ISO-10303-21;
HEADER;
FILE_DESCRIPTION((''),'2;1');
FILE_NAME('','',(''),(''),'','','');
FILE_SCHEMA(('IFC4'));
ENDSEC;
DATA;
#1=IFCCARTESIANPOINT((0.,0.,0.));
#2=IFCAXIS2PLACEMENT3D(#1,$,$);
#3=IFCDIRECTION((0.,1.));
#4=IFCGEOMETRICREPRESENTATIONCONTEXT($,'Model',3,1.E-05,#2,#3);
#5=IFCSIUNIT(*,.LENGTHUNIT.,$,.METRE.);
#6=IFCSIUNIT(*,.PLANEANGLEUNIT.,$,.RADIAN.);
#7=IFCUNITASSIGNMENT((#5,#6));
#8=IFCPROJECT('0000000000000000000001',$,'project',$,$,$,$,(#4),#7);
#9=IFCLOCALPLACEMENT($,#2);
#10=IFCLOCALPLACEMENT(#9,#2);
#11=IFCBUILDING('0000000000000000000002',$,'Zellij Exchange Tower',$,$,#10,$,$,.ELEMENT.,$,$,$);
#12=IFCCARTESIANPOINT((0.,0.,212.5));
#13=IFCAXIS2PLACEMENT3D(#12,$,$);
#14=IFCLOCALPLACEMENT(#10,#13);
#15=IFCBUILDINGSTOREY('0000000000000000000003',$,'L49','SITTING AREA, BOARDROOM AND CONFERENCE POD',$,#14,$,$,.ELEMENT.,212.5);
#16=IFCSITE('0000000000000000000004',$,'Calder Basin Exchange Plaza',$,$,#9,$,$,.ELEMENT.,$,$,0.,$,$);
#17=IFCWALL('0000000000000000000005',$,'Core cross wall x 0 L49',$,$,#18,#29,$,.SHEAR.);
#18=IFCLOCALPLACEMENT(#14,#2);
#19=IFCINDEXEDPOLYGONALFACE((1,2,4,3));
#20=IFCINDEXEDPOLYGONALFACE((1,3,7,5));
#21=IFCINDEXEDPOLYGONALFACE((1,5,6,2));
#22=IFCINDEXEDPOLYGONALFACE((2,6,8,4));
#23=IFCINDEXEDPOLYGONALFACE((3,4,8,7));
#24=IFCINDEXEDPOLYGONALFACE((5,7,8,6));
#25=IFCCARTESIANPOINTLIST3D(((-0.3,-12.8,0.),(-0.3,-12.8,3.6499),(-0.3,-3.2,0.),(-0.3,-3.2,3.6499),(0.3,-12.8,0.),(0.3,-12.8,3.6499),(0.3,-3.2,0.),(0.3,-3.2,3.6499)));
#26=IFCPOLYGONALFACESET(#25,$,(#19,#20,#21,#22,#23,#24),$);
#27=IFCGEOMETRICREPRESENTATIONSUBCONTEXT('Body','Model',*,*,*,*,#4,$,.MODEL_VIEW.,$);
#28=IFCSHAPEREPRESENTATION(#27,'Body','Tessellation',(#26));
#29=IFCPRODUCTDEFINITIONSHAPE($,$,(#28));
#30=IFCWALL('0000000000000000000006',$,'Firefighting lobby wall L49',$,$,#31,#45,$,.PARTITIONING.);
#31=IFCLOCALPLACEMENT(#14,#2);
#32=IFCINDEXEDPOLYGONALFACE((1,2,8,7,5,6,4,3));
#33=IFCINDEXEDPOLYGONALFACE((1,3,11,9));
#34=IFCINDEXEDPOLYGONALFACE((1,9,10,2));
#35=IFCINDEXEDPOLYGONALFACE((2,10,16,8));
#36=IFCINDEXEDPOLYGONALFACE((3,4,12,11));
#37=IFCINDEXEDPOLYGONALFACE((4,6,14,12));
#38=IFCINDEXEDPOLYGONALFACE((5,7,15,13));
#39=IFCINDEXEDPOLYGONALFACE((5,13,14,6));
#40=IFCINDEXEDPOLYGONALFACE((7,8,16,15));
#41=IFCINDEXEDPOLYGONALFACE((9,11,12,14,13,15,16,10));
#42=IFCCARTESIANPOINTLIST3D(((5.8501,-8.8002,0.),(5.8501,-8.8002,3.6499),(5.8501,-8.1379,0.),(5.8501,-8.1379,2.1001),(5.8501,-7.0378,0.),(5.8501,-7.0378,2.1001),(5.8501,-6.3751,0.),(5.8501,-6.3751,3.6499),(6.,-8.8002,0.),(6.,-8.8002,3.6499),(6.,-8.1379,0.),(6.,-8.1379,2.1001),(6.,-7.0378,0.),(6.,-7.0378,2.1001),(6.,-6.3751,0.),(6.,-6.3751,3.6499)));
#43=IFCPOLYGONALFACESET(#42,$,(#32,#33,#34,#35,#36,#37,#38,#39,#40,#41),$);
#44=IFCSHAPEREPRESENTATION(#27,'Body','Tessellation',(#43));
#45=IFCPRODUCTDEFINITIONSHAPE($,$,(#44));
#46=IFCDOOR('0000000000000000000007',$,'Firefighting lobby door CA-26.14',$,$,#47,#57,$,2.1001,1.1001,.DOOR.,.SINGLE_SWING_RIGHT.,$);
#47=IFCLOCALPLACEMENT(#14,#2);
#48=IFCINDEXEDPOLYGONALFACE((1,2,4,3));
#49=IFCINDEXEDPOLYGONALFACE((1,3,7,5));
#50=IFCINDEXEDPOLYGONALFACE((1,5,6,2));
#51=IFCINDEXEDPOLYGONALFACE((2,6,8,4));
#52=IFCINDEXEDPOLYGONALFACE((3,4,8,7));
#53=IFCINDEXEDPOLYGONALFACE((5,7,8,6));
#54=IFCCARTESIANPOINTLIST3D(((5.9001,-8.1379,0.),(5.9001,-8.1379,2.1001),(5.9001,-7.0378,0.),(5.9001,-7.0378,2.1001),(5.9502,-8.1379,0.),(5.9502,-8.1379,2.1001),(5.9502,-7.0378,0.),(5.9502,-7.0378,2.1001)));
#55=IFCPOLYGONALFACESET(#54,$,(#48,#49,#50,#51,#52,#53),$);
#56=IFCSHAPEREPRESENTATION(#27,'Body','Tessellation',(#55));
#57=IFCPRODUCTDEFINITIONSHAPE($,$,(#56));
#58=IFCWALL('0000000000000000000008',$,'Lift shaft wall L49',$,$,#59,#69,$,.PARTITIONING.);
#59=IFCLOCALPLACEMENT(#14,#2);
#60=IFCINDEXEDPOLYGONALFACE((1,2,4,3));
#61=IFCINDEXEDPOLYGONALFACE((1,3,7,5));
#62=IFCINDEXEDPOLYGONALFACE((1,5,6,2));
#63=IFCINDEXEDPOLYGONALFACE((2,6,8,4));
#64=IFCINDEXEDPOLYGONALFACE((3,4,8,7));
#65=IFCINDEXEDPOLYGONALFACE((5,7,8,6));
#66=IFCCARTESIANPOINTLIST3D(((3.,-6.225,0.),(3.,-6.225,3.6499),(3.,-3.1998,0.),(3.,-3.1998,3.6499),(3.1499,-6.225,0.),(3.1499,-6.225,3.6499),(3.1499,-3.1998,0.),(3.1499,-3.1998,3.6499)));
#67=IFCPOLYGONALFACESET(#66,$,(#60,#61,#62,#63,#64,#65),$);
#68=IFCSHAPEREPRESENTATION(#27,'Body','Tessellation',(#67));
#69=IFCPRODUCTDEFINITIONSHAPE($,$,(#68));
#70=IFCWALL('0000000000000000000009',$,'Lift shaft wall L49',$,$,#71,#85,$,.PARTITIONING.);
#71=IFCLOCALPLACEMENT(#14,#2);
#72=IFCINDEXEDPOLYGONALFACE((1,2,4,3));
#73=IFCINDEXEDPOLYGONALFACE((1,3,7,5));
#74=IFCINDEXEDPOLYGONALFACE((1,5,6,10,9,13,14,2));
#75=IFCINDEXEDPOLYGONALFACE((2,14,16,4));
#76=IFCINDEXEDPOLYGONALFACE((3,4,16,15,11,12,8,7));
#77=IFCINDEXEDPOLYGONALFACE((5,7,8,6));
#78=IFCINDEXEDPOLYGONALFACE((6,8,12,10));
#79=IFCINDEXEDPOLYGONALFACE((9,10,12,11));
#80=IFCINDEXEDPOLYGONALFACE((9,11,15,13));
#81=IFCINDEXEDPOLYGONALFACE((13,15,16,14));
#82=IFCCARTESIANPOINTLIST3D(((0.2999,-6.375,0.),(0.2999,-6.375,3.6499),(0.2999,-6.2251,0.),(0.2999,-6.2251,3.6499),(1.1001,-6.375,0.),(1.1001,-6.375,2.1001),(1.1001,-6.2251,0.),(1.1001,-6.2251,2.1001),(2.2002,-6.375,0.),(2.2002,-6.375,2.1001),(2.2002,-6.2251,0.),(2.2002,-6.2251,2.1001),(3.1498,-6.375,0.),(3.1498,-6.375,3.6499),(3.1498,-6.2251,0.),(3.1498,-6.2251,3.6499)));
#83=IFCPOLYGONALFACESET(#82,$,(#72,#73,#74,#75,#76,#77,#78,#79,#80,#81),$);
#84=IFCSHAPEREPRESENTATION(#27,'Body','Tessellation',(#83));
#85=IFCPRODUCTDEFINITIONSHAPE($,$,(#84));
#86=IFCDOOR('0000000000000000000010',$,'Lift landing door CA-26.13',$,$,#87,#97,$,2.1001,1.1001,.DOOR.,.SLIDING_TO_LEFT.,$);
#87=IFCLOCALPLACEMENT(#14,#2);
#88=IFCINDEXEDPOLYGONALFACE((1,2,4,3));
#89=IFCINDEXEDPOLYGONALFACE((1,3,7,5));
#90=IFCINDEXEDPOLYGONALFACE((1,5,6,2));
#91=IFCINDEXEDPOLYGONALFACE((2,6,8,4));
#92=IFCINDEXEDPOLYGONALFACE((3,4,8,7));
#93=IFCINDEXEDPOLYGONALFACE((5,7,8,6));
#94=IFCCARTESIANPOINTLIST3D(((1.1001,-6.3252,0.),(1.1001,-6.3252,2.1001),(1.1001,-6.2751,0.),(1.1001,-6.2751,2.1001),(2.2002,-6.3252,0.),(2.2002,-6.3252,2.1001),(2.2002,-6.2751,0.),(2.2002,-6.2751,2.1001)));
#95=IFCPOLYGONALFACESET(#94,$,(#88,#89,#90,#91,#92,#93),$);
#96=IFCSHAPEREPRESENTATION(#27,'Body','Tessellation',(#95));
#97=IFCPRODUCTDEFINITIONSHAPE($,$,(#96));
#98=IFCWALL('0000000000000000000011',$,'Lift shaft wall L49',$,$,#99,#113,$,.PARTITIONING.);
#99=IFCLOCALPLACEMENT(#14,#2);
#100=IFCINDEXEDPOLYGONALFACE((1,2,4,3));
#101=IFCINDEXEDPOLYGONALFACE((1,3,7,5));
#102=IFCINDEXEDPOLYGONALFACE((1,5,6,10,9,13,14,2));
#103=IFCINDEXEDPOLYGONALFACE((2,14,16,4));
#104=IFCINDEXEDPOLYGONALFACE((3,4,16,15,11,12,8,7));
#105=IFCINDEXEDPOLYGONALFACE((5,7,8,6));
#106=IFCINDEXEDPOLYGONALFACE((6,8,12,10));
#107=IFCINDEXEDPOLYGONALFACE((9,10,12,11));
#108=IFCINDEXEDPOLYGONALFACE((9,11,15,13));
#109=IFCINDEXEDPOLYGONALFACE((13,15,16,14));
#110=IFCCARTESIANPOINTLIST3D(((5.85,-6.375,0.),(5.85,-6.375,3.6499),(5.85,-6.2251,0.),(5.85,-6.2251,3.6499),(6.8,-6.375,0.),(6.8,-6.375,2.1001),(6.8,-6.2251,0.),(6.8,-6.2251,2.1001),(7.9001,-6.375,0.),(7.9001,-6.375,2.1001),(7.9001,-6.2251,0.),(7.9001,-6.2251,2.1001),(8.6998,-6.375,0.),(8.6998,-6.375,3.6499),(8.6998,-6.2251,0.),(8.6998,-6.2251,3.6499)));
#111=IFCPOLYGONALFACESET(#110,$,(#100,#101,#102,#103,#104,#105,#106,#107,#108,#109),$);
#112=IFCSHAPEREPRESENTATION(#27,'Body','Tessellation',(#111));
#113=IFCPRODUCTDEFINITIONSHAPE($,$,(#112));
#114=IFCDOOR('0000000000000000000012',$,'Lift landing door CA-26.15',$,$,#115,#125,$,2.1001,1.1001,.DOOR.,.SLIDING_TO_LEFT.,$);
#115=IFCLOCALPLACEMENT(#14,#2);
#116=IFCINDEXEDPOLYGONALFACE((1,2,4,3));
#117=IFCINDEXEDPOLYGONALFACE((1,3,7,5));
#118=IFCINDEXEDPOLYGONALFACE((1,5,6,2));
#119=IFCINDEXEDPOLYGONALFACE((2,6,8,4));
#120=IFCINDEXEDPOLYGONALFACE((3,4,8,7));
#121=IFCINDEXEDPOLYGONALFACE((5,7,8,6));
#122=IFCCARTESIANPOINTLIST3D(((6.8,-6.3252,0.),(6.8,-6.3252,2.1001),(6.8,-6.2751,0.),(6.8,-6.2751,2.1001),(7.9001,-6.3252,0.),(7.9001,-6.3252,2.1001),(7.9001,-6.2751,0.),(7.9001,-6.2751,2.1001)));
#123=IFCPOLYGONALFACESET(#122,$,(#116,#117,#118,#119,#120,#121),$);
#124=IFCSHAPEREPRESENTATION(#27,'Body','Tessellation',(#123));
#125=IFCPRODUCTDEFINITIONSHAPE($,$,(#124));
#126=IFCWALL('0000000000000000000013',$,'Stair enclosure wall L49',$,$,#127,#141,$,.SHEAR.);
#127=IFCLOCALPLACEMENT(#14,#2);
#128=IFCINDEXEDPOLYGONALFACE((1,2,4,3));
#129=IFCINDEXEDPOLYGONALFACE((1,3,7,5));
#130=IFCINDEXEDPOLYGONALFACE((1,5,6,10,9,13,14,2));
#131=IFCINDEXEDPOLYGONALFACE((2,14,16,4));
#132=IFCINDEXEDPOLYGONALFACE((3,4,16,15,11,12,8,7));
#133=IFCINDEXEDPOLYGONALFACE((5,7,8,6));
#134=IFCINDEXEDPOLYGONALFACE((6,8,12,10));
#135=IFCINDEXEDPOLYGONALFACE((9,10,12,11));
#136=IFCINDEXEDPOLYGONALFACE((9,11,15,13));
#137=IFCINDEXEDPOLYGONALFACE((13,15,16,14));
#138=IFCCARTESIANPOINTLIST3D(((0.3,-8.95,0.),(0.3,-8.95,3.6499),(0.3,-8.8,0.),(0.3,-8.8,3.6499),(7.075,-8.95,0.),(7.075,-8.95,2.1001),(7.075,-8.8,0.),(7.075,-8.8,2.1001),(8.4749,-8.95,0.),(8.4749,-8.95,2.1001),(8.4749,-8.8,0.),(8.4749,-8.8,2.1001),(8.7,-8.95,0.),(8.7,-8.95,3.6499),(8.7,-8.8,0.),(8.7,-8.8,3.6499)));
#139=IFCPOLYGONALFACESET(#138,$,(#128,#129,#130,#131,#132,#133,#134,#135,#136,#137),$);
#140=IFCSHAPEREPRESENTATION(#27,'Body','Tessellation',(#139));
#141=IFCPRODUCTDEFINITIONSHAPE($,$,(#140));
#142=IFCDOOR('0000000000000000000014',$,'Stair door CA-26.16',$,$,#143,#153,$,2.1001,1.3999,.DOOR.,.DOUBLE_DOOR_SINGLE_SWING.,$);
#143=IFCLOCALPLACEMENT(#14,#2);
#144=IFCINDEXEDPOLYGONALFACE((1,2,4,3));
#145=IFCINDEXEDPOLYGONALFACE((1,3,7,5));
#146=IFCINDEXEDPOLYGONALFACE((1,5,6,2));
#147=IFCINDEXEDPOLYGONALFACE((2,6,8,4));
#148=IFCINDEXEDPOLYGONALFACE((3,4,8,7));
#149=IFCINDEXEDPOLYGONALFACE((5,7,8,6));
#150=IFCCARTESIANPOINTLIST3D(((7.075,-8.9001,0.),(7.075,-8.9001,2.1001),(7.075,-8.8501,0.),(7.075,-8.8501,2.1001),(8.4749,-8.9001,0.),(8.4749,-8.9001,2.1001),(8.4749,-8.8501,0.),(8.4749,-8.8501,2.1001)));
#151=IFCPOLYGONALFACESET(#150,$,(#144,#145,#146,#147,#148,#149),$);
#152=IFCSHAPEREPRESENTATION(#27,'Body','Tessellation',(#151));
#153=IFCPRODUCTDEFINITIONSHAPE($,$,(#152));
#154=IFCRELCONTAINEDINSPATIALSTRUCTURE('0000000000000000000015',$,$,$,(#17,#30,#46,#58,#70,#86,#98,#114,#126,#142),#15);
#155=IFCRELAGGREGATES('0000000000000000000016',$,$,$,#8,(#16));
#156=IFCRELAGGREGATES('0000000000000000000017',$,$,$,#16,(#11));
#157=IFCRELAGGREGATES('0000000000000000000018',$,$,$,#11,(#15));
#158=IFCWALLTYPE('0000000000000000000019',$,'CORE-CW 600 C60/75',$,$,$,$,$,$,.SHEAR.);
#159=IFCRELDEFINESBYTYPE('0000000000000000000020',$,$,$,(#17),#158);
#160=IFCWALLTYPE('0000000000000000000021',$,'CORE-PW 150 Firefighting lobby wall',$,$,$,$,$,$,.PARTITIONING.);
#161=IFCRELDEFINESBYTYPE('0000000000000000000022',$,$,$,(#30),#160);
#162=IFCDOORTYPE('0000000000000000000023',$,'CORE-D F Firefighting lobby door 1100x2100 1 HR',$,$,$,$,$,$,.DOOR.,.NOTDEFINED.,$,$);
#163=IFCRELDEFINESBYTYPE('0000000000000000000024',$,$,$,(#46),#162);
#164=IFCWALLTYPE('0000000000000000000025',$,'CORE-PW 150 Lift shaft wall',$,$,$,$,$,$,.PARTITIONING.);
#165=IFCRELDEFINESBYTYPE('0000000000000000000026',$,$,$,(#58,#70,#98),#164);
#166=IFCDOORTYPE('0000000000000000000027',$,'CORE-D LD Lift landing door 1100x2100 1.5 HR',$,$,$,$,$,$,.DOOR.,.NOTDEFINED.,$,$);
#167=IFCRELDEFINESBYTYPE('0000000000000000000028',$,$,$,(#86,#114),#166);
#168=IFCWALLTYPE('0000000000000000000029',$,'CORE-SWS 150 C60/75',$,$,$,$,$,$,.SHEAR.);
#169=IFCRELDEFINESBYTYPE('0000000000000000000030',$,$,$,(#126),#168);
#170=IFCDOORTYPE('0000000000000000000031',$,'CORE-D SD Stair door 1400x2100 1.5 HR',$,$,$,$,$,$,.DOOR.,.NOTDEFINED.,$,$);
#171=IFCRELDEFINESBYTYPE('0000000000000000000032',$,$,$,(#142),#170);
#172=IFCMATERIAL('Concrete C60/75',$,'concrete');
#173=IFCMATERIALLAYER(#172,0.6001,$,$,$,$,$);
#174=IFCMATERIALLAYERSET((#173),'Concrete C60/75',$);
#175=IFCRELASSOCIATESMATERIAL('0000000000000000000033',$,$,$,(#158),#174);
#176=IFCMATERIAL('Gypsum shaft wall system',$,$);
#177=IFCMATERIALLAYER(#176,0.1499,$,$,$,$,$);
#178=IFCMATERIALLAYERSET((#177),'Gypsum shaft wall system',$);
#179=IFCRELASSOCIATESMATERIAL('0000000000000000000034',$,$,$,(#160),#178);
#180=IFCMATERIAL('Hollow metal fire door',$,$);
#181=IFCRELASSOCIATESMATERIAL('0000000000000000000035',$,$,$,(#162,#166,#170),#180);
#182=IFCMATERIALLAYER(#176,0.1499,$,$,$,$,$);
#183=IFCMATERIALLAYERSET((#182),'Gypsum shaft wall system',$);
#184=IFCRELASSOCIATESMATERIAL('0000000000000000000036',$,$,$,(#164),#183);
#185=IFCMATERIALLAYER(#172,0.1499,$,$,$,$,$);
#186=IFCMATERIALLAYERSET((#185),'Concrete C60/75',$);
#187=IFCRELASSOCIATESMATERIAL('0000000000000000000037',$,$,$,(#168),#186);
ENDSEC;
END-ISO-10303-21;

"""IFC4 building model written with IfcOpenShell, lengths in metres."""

from ifc_helpers import new_model, si_unit, direction, frame, frame_2d, origin, place, context, subcontext, project, spatial, rectangle, extrude, material, layer, layer_set, type_object, element, fill, save


model = new_model("IFC4")

# Units and contexts
model_context = context("Model", 3, precision=1e-05, world=origin(), true_north=direction((0.0, 1.0)))
body_context = subcontext(model_context, "Body", "Model", "MODEL_VIEW")
ifc_project = project(units=[si_unit("LENGTHUNIT", "METRE"), si_unit("PLANEANGLEUNIT", "RADIAN")], contexts=[model_context])

# Site, building, storey
site_placement = place(None, origin())
site = spatial("IfcSite", under=ifc_project, at=site_placement, Name="Calder Basin Exchange Plaza", CompositionType="ELEMENT", RefElevation=0.0)
building_placement = place(site_placement, origin())
building = spatial("IfcBuilding", under=site, at=building_placement, Name="Zellij Exchange Tower", CompositionType="ELEMENT")
storey_placement = place(building_placement, frame((0.0, 0.0, 212.5)))
storey = spatial("IfcBuildingStorey", under=building, at=storey_placement, Name="L49", Description="SITTING AREA, BOARDROOM AND CONFERENCE POD", CompositionType="ELEMENT", Elevation=212.5)

# Wall
ifc_material_1 = material(Name="Concrete C60/75", Category="concrete")
ifc_layer_1 = layer(ifc_material_1, 0.6001)
ifc_layer_set_1 = layer_set([ifc_layer_1], Name="Concrete C60/75")
wall_type_1 = type_object("IfcWallType", Name="CORE-CW 600 C60/75", PredefinedType="SHEAR", material=ifc_layer_set_1)
wall_1_placement = place(storey_placement, frame((0.0, -12.8, 0.0), z_axis=(0.0, 0.0, 1.0), x_axis=(0.0, 1.0, 0.0)))
element("IfcWall", 1, at=wall_1_placement, inside=storey, type_object=wall_type_1, Name="Core cross wall x 0 L49", PredefinedType="SHEAR", context=body_context, shape_type="SweptSolid", body=[
    extrude(rectangle(XDim=9.6001, YDim=0.6001, at=frame_2d((4.8, 0.0))), origin(), (0.0, 0.0, 1.0), 3.6499),
])

# Wall, opening, door
ifc_material_2 = material(Name="Gypsum shaft wall system")
ifc_layer_2 = layer(ifc_material_2, 0.1499)
ifc_layer_set_2 = layer_set([ifc_layer_2], Name="Gypsum shaft wall system")
wall_type_2 = type_object("IfcWallType", Name="CORE-PW 150 Firefighting lobby wall", PredefinedType="PARTITIONING", material=ifc_layer_set_2)
wall_2_placement = place(storey_placement, frame((5.925, -8.8, 0.0), z_axis=(0.0, 0.0, 1.0), x_axis=(0.0, 1.0, 0.0)))
wall_2 = element("IfcWall", 2, at=wall_2_placement, inside=storey, type_object=wall_type_2, Name="Firefighting lobby wall L49", PredefinedType="PARTITIONING", context=body_context, shape_type="SweptSolid", body=[
    extrude(rectangle(XDim=2.425, YDim=0.1499, at=frame_2d((1.2124, 0.0))), origin(), (0.0, 0.0, 1.0), 3.6499),
])
opening_1_placement = place(wall_2_placement, frame((0.6621, 0.0, 0.0)))
opening_1 = element("IfcOpeningElement", 3, at=opening_1_placement, cuts=wall_2, PredefinedType="OPENING", context=body_context, shape_type="SweptSolid", body=[
    extrude(rectangle(XDim=1.1001, YDim=2.1001, at=frame_2d((0.55, 1.05))), frame((0.0, 0.0869, 0.0), z_axis=(0.0, -1.0, 0.0), x_axis=(1.0, 0.0, 0.0)), (0.0, 0.0, 1.0), 0.1738),
])
ifc_material_3 = material(Name="Hollow metal fire door")
door_type_1 = type_object("IfcDoorType", Name="CORE-D F Firefighting lobby door 1100x2100 1 HR", OperationType="NOTDEFINED", PredefinedType="DOOR", material=ifc_material_3)
door_1_placement = place(opening_1_placement, origin())
door_1 = element("IfcDoor", 4, at=door_1_placement, inside=storey, type_object=door_type_1, Name="Firefighting lobby door CA-26.14", OperationType="SINGLE_SWING_RIGHT", OverallHeight=2.1001, OverallWidth=1.1001, PredefinedType="DOOR", context=body_context, shape_type="SweptSolid", body=[
    extrude(rectangle(XDim=1.1001, YDim=2.1001, at=frame_2d((0.55, 1.05))), frame((0.0, 0.0249, 0.0), z_axis=(0.0, -1.0, 0.0), x_axis=(1.0, 0.0, 0.0)), (0.0, 0.0, 1.0), 0.05),
])
fill(opening_1, door_1)

# Wall
ifc_layer_3 = layer(ifc_material_2, 0.1499)
ifc_layer_set_3 = layer_set([ifc_layer_3], Name="Gypsum shaft wall system")
wall_type_3 = type_object("IfcWallType", Name="CORE-PW 150 Lift shaft wall", PredefinedType="PARTITIONING", material=ifc_layer_set_3)
wall_3_placement = place(storey_placement, frame((3.075, -6.2251, 0.0), z_axis=(0.0, 0.0, 1.0), x_axis=(0.0, 1.0, 0.0)))
element("IfcWall", 5, at=wall_3_placement, inside=storey, type_object=wall_type_3, Name="Lift shaft wall L49", PredefinedType="PARTITIONING", context=body_context, shape_type="SweptSolid", body=[
    extrude(rectangle(XDim=3.0251, YDim=0.1499, at=frame_2d((1.5127, 0.0))), origin(), (0.0, 0.0, 1.0), 3.6499),
])

# Walls, openings, doors
wall_4_placement = place(storey_placement, frame((0.3, -6.3, 0.0), z_axis=(0.0, 0.0, 1.0), x_axis=(1.0, 0.0, 0.0)))
wall_4 = element("IfcWall", 6, at=wall_4_placement, inside=storey, type_object=wall_type_3, Name="Lift shaft wall L49", PredefinedType="PARTITIONING", context=body_context, shape_type="SweptSolid", body=[
    extrude(rectangle(XDim=2.8499, YDim=0.1499, at=frame_2d((1.4248, 0.0))), origin(), (0.0, 0.0, 1.0), 3.6499),
])
opening_2_placement = place(wall_4_placement, frame((0.8, 0.0, 0.0)))
opening_2 = element("IfcOpeningElement", 7, at=opening_2_placement, cuts=wall_4, PredefinedType="OPENING", context=body_context, shape_type="SweptSolid", body=[
    extrude(rectangle(XDim=1.1001, YDim=2.1001, at=frame_2d((0.55, 1.05))), frame((0.0, 0.0869, 0.0), z_axis=(0.0, -1.0, 0.0), x_axis=(1.0, 0.0, 0.0)), (0.0, 0.0, 1.0), 0.1738),
])
door_type_2 = type_object("IfcDoorType", Name="CORE-D LD Lift landing door 1100x2100 1.5 HR", OperationType="NOTDEFINED", PredefinedType="DOOR", material=ifc_material_3)
door_2_placement = place(opening_2_placement, origin())
door_2 = element("IfcDoor", 8, at=door_2_placement, inside=storey, type_object=door_type_2, Name="Lift landing door CA-26.13", OperationType="SLIDING_TO_LEFT", OverallHeight=2.1001, OverallWidth=1.1001, PredefinedType="DOOR", context=body_context, shape_type="SweptSolid", body=[
    extrude(rectangle(XDim=1.1001, YDim=2.1001, at=frame_2d((0.55, 1.05))), frame((0.0, 0.0249, 0.0), z_axis=(0.0, -1.0, 0.0), x_axis=(1.0, 0.0, 0.0)), (0.0, 0.0, 1.0), 0.05),
])
fill(opening_2, door_2)
wall_5_placement = place(storey_placement, frame((5.8501, -6.3, 0.0), z_axis=(0.0, 0.0, 1.0), x_axis=(1.0, 0.0, 0.0)))
wall_5 = element("IfcWall", 9, at=wall_5_placement, inside=storey, type_object=wall_type_3, Name="Lift shaft wall L49", PredefinedType="PARTITIONING", context=body_context, shape_type="SweptSolid", body=[
    extrude(rectangle(XDim=2.8499, YDim=0.1499, at=frame_2d((1.4248, 0.0))), origin(), (0.0, 0.0, 1.0), 3.6499),
])
opening_3_placement = place(wall_5_placement, frame((0.95, 0.0, 0.0)))
opening_3 = element("IfcOpeningElement", 10, at=opening_3_placement, cuts=wall_5, PredefinedType="OPENING", context=body_context, shape_type="SweptSolid", body=[
    extrude(rectangle(XDim=1.1001, YDim=2.1001, at=frame_2d((0.55, 1.05))), frame((0.0, 0.0869, 0.0), z_axis=(0.0, -1.0, 0.0), x_axis=(1.0, 0.0, 0.0)), (0.0, 0.0, 1.0), 0.1738),
])
door_3_placement = place(opening_3_placement, origin())
door_3 = element("IfcDoor", 11, at=door_3_placement, inside=storey, type_object=door_type_2, Name="Lift landing door CA-26.15", OperationType="SLIDING_TO_LEFT", OverallHeight=2.1001, OverallWidth=1.1001, PredefinedType="DOOR", context=body_context, shape_type="SweptSolid", body=[
    extrude(rectangle(XDim=1.1001, YDim=2.1001, at=frame_2d((0.55, 1.05))), frame((0.0, 0.0249, 0.0), z_axis=(0.0, -1.0, 0.0), x_axis=(1.0, 0.0, 0.0)), (0.0, 0.0, 1.0), 0.05),
])
fill(opening_3, door_3)
ifc_layer_4 = layer(ifc_material_1, 0.1499)
ifc_layer_set_4 = layer_set([ifc_layer_4], Name="Concrete C60/75")
wall_type_4 = type_object("IfcWallType", Name="CORE-SWS 150 C60/75", PredefinedType="SHEAR", material=ifc_layer_set_4)
wall_6_placement = place(storey_placement, frame((0.3, -8.875, 0.0), z_axis=(0.0, 0.0, 1.0), x_axis=(1.0, 0.0, 0.0)))
wall_6 = element("IfcWall", 12, at=wall_6_placement, inside=storey, type_object=wall_type_4, Name="Stair enclosure wall L49", PredefinedType="SHEAR", context=body_context, shape_type="SweptSolid", body=[
    extrude(rectangle(XDim=8.3999, YDim=0.1499, at=frame_2d((4.2, 0.0))), origin(), (0.0, 0.0, 1.0), 3.6499),
])
opening_4_placement = place(wall_6_placement, frame((6.7749, 0.0, 0.0)))
opening_4 = element("IfcOpeningElement", 13, at=opening_4_placement, cuts=wall_6, PredefinedType="OPENING", context=body_context, shape_type="SweptSolid", body=[
    extrude(rectangle(XDim=1.3999, YDim=2.1001, at=frame_2d((0.7, 1.05))), frame((0.0, 0.0869, 0.0), z_axis=(0.0, -1.0, 0.0), x_axis=(1.0, 0.0, 0.0)), (0.0, 0.0, 1.0), 0.1738),
])
door_type_3 = type_object("IfcDoorType", Name="CORE-D SD Stair door 1400x2100 1.5 HR", OperationType="NOTDEFINED", PredefinedType="DOOR", material=ifc_material_3)
door_4_placement = place(opening_4_placement, origin())
door_4 = element("IfcDoor", 14, at=door_4_placement, inside=storey, type_object=door_type_3, Name="Stair door CA-26.16", OperationType="DOUBLE_DOOR_SINGLE_SWING", OverallHeight=2.1001, OverallWidth=1.3999, PredefinedType="DOOR", context=body_context, shape_type="SweptSolid", body=[
    extrude(rectangle(XDim=1.3999, YDim=2.1001, at=frame_2d((0.7, 1.05))), frame((0.0, 0.0249, 0.0), z_axis=(0.0, -1.0, 0.0), x_axis=(1.0, 0.0, 0.0)), (0.0, 0.0, 1.0), 0.05),
])
fill(opening_4, door_4)

save(model, "model.ifc")
